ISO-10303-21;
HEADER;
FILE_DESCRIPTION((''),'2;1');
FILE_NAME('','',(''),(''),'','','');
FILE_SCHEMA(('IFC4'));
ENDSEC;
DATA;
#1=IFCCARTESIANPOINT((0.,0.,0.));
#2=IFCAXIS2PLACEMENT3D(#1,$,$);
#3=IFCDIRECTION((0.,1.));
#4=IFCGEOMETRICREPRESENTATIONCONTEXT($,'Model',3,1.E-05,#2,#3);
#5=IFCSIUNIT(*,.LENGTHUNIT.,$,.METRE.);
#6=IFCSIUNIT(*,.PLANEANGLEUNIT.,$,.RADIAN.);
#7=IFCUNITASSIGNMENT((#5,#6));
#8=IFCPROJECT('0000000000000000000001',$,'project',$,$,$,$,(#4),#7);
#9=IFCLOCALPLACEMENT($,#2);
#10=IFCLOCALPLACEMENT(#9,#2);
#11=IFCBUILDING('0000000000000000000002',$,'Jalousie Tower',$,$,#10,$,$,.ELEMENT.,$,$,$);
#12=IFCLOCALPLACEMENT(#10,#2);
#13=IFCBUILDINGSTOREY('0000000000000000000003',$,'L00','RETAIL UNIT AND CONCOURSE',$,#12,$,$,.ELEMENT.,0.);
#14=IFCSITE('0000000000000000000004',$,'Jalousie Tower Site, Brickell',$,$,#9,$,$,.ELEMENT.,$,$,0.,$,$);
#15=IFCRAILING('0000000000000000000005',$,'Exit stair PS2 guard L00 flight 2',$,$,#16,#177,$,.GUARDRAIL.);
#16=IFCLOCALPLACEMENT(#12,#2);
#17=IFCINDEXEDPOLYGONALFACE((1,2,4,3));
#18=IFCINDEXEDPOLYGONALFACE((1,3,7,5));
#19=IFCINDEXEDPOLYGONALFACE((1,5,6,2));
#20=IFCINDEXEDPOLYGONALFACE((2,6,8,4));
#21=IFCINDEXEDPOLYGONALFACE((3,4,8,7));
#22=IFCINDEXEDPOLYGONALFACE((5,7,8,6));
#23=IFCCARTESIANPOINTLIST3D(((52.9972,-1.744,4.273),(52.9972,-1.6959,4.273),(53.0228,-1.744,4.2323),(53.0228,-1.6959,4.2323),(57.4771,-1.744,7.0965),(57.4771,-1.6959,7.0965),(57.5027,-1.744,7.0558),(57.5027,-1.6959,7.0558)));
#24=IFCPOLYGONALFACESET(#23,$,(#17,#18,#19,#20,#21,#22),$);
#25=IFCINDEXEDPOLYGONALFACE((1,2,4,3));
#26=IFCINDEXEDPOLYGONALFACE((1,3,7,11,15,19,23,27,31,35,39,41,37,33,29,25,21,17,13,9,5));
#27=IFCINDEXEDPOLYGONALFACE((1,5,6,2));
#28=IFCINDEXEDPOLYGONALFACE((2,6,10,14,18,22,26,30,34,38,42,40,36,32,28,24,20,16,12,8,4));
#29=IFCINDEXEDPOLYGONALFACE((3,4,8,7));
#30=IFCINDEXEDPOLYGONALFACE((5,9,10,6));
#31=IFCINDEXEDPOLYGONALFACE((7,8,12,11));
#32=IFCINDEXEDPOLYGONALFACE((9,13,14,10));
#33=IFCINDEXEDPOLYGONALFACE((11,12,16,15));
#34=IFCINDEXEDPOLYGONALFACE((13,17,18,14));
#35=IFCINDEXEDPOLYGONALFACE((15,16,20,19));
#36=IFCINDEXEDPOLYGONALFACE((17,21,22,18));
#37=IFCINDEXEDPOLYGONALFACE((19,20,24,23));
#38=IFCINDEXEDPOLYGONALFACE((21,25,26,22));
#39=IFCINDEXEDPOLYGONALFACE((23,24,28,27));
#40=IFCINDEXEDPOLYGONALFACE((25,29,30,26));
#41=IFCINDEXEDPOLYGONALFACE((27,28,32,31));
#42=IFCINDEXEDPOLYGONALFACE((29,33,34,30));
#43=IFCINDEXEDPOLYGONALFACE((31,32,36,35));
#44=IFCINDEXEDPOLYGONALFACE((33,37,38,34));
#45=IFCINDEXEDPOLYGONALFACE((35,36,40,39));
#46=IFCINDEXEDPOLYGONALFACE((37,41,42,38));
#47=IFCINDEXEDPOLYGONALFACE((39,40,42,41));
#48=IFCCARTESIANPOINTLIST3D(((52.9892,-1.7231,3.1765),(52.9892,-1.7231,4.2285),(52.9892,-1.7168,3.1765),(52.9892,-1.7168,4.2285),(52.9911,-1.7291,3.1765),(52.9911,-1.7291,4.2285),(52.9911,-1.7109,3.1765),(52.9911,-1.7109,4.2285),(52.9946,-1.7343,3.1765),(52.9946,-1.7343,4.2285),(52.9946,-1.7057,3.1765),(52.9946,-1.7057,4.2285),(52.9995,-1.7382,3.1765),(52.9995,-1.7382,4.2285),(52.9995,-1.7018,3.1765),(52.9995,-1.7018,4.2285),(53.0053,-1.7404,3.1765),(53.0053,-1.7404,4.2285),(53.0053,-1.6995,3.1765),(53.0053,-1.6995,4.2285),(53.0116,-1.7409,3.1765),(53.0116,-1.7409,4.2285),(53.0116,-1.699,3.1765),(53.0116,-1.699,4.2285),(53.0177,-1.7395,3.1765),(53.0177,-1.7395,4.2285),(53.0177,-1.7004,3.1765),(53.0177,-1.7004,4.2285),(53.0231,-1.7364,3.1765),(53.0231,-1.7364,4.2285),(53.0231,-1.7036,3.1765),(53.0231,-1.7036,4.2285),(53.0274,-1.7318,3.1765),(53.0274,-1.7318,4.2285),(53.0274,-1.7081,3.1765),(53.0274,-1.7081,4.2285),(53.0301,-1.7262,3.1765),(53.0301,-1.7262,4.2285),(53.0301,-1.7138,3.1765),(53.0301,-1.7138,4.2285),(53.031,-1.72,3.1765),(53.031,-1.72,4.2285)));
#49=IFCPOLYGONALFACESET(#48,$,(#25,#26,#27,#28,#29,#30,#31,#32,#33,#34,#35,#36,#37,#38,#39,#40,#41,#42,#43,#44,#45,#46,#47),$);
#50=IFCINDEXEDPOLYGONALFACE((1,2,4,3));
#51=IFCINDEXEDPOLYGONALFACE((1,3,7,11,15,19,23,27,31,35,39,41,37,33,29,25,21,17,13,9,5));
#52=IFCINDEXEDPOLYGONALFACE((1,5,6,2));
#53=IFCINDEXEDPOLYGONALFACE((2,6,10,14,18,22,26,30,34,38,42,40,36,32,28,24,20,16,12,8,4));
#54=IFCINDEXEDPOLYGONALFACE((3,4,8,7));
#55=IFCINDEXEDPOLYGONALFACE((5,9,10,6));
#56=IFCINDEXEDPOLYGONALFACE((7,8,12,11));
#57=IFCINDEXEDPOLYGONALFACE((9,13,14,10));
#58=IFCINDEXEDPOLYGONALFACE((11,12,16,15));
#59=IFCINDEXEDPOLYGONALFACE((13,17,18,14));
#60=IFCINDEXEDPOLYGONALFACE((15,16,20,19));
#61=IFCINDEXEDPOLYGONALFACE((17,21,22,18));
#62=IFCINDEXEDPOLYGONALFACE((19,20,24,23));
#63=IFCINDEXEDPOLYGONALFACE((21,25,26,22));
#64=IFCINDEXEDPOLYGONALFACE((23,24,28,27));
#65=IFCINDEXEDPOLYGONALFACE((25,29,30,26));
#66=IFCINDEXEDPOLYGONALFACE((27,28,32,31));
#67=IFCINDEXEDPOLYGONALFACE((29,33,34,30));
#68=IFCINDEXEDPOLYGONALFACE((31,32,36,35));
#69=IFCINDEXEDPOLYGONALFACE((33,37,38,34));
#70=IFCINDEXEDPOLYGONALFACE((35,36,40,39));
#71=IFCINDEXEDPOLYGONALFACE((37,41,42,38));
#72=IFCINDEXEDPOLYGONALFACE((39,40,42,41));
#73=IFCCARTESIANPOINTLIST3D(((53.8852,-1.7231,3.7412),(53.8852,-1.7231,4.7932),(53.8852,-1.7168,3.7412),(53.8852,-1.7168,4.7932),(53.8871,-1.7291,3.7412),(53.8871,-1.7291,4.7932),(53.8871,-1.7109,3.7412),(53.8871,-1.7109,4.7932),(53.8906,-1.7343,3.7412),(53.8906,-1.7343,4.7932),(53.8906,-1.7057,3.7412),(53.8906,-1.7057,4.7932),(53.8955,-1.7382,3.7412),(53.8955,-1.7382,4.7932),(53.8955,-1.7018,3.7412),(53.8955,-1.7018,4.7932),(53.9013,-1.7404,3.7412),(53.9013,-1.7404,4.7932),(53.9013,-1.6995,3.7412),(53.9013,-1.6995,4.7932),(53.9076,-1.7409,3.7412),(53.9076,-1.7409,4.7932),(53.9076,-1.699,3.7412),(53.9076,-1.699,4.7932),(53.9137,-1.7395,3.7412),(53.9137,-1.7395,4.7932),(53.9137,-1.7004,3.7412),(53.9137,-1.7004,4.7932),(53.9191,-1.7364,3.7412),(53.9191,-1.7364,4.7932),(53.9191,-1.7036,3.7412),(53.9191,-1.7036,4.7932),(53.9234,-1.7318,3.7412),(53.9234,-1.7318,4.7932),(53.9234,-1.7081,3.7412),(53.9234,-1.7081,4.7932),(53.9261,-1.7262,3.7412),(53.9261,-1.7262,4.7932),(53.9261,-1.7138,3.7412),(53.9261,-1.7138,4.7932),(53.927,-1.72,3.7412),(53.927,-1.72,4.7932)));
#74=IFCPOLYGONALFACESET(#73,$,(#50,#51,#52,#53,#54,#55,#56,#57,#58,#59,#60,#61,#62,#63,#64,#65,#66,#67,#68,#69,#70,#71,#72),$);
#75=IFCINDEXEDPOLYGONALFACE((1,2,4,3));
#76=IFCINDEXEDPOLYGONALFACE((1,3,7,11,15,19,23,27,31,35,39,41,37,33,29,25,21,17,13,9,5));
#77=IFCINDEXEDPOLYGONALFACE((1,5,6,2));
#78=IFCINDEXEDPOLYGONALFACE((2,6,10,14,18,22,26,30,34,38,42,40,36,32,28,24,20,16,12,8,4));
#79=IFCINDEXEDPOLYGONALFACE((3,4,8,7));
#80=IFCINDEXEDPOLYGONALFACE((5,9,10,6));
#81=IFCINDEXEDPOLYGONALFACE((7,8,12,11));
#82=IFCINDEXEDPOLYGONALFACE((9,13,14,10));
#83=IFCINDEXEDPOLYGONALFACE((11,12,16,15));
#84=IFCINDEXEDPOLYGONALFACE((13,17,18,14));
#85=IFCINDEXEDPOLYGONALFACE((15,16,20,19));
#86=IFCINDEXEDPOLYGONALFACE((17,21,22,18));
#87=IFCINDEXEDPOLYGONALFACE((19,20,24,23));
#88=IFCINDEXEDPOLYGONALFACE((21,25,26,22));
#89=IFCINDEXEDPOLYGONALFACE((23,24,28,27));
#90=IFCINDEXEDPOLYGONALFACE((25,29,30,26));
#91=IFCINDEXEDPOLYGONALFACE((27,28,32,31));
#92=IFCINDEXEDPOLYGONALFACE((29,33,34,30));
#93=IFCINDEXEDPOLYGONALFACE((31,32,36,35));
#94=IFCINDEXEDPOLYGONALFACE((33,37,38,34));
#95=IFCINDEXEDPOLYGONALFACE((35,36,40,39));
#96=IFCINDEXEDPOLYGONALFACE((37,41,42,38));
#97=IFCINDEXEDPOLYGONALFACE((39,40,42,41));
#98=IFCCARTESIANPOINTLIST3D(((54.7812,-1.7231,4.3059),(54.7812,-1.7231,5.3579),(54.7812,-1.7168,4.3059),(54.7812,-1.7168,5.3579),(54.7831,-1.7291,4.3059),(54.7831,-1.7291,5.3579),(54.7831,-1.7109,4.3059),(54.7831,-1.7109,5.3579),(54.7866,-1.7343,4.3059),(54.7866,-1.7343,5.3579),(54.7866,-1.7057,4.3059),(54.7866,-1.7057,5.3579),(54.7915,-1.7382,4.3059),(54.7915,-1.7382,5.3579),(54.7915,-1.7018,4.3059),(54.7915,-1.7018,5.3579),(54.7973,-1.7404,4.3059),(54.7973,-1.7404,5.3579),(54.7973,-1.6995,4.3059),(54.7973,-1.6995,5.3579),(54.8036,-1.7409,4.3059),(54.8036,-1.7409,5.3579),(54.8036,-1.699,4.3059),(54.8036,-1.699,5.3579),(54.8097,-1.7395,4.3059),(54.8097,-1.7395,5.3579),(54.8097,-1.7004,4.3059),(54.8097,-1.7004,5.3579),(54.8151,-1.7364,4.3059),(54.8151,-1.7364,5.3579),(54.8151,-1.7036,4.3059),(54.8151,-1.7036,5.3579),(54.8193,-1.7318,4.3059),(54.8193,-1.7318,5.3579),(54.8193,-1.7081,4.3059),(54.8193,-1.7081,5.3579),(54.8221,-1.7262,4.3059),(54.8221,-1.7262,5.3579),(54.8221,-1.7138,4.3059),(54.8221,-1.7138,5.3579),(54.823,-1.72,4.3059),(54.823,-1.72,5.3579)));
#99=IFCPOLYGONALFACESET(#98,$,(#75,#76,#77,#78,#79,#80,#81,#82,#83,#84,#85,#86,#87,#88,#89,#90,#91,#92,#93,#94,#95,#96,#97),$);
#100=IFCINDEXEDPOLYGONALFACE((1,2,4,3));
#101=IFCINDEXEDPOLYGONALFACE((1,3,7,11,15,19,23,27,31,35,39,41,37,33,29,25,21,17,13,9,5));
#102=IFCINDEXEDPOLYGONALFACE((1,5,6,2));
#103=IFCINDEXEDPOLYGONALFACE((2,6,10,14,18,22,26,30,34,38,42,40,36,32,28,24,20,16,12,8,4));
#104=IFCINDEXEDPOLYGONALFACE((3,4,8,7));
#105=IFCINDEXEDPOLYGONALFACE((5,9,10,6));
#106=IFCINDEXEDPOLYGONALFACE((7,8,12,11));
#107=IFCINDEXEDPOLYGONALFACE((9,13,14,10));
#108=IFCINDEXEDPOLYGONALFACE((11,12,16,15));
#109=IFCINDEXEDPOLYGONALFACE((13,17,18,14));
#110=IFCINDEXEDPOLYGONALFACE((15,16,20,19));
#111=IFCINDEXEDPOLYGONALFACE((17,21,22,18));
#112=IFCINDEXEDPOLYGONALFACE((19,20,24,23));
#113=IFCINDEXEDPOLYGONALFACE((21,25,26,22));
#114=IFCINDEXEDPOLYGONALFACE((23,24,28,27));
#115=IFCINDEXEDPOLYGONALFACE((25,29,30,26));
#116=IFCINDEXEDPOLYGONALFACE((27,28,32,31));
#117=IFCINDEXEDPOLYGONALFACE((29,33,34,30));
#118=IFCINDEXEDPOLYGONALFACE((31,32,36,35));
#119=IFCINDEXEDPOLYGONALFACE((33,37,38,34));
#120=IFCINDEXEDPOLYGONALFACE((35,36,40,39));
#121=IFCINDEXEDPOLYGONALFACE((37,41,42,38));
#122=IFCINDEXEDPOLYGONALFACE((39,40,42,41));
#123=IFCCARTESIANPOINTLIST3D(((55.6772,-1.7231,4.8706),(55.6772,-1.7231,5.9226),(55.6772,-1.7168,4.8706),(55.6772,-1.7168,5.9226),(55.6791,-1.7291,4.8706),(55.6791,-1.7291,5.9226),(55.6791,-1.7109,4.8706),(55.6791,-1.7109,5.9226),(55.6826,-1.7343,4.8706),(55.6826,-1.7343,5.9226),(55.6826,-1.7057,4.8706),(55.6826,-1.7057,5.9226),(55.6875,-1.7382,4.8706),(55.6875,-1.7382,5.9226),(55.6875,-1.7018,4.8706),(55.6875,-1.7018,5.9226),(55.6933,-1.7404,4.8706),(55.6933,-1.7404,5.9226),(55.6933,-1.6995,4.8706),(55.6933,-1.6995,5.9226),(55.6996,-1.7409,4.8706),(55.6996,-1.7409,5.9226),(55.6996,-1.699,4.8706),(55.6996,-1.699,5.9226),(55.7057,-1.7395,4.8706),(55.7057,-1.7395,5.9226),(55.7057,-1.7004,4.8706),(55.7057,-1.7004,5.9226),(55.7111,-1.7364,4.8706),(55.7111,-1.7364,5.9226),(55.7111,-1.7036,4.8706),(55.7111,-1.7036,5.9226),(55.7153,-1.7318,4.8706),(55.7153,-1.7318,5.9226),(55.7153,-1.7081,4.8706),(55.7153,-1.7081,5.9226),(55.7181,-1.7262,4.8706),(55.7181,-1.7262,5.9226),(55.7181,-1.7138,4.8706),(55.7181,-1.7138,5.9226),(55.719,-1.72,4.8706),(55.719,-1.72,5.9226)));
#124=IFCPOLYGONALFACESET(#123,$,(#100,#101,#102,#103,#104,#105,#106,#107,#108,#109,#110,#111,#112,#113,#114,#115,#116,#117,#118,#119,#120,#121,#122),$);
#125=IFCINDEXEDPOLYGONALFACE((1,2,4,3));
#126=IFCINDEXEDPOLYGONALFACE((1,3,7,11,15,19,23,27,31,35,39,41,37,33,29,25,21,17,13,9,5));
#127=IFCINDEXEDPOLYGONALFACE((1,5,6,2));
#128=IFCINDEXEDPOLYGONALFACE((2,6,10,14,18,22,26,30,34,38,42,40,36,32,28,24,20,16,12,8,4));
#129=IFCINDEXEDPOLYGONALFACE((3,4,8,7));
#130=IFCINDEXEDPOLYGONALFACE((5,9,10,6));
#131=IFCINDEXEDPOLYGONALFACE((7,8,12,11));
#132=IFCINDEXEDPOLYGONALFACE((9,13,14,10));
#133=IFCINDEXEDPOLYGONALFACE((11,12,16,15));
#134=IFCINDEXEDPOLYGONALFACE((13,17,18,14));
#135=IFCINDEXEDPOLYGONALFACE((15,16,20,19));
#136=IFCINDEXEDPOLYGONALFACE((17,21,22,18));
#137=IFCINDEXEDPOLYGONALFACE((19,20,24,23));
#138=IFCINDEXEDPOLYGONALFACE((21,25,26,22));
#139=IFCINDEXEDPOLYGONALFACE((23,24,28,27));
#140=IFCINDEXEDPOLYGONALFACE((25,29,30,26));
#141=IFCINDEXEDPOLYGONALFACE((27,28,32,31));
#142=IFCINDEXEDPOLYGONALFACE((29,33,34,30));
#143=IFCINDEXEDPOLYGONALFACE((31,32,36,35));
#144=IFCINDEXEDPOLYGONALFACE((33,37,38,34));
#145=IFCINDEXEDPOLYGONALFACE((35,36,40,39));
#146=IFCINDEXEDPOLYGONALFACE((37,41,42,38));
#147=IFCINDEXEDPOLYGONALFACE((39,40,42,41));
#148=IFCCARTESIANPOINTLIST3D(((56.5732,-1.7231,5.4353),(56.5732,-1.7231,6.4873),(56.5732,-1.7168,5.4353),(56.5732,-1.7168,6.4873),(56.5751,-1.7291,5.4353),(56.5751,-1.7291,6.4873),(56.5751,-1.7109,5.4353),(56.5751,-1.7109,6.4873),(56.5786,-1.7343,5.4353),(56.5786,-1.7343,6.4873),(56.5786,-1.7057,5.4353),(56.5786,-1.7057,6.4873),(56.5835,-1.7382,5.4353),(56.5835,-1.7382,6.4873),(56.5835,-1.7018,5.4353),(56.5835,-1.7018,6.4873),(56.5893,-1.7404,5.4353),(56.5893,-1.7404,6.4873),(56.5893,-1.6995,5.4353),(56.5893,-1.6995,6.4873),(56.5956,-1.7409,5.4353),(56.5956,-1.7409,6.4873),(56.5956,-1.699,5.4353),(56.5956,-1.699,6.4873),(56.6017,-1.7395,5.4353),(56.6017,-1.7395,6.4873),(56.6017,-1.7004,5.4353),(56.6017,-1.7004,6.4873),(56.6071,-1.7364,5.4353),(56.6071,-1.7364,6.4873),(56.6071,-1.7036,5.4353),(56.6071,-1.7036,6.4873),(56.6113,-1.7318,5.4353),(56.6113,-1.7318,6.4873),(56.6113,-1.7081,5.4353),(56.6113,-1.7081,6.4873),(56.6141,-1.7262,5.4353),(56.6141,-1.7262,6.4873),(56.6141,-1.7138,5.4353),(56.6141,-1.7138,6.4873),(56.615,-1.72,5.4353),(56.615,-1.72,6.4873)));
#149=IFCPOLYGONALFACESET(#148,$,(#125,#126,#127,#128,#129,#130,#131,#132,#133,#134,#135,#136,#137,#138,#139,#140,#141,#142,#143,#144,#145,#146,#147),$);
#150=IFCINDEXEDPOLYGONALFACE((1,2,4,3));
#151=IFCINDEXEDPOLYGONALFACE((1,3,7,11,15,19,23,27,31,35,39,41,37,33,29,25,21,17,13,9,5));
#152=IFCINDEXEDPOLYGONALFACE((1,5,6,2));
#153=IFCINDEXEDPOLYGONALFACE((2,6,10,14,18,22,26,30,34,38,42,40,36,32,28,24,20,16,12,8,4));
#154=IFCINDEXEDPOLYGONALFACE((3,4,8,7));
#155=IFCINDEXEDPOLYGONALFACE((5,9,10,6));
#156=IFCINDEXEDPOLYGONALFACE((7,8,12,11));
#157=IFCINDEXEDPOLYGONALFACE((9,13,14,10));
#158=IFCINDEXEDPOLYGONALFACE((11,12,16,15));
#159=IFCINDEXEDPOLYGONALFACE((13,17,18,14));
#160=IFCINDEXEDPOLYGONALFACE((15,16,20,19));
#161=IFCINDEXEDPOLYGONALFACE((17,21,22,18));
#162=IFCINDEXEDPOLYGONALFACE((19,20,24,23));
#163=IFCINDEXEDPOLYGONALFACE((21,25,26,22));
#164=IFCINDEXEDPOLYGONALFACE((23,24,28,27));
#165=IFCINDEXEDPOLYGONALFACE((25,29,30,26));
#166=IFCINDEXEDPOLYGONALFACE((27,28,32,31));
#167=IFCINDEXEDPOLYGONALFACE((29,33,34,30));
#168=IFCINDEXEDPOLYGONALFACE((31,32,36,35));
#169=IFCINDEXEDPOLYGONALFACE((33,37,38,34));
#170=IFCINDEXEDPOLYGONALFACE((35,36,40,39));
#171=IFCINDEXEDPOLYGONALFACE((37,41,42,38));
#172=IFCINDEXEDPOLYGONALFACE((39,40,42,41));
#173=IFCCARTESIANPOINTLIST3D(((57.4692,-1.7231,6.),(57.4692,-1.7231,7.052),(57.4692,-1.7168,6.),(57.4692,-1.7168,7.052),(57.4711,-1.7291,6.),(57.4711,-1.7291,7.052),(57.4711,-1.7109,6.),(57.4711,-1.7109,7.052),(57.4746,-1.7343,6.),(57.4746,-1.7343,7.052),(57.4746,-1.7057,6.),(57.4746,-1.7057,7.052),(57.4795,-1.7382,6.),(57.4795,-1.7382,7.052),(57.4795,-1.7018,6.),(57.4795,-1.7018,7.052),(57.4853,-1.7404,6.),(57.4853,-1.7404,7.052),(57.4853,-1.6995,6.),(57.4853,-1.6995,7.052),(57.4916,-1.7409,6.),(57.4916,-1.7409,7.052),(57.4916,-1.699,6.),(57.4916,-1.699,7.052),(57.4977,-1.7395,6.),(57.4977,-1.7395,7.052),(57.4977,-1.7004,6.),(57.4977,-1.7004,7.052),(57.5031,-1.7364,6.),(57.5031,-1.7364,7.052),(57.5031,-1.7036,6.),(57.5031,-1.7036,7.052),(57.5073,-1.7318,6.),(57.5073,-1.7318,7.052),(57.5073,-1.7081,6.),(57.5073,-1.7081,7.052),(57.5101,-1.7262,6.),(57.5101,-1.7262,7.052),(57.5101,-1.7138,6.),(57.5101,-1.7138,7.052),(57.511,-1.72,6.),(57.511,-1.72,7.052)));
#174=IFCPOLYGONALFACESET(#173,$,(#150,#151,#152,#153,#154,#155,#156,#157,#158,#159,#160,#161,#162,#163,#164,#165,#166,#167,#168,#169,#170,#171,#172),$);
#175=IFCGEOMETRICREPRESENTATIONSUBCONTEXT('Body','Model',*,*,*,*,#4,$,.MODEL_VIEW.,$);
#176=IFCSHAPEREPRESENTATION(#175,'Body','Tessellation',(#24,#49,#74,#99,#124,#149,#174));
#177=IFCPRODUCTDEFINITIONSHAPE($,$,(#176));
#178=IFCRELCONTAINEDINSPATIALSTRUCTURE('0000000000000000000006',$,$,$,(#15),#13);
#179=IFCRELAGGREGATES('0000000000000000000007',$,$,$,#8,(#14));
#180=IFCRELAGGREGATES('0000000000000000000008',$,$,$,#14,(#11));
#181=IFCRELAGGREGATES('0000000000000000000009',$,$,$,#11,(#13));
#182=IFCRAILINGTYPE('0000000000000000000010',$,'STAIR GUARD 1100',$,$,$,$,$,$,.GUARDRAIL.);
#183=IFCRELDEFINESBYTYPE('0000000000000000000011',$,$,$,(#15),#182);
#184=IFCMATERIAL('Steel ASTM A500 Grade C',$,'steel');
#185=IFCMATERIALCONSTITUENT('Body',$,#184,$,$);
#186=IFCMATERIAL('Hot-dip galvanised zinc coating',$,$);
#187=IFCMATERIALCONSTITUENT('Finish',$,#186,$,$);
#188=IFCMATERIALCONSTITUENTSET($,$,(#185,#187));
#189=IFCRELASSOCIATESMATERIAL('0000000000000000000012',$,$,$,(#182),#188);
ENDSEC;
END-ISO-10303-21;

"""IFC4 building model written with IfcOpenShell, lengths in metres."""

from ifc_helpers import new_model, si_unit, direction, frame, origin, origin_2d, place, context, subcontext, project, spatial, rectangle, circle, extrude, material, constituent, constituent_set, type_object, element, save


model = new_model("IFC4")

# Units and contexts
model_context = context("Model", 3, precision=1e-05, world=origin(), true_north=direction((0.0, 1.0)))
body_context = subcontext(model_context, "Body", "Model", "MODEL_VIEW")
ifc_project = project(units=[si_unit("LENGTHUNIT", "METRE"), si_unit("PLANEANGLEUNIT", "RADIAN")], contexts=[model_context])

# Site, building, storey
site_placement = place(None, origin())
site = spatial("IfcSite", under=ifc_project, at=site_placement, Name="Jalousie Tower Site, Brickell", CompositionType="ELEMENT", RefElevation=0.0)
building_placement = place(site_placement, origin())
building = spatial("IfcBuilding", under=site, at=building_placement, Name="Jalousie Tower", CompositionType="ELEMENT")
storey_placement = place(building_placement, origin())
storey = spatial("IfcBuildingStorey", under=building, at=storey_placement, Name="L00", Description="RETAIL UNIT AND CONCOURSE", CompositionType="ELEMENT", Elevation=0.0)

# Railing
ifc_material_1 = material(Name="Steel ASTM A500 Grade C", Category="steel")
ifc_constituent_1 = constituent(ifc_material_1, Name="Body")
ifc_material_2 = material(Name="Hot-dip galvanised zinc coating")
ifc_constituent_2 = constituent(ifc_material_2, Name="Finish")
ifc_constituent_set_1 = constituent_set(constituents=[ifc_constituent_1, ifc_constituent_2])
railing_type_1 = type_object("IfcRailingType", Name="STAIR GUARD 1100", PredefinedType="GUARDRAIL", material=ifc_constituent_set_1)
railing_1_placement = place(storey_placement, frame((53.01, -1.72, 3.1765)))
element("IfcRailing", 1, at=railing_1_placement, inside=storey, type_object=railing_type_1, Name="Exit stair PS2 guard L00 flight 2", PredefinedType="GUARDRAIL", context=body_context, shape_type="SweptSolid", body=[
    extrude(rectangle(XDim=0.0481, YDim=0.0481, at=origin_2d()), frame((0.0, 0.0, 1.0762), z_axis=(0.845998, 0.0, 0.533186), x_axis=(0.0, 1.0, 0.0)), (0.0, 0.0, 1.0), 5.2954),
    extrude(circle(Radius=0.021, at=origin_2d()), origin(), (0.0, 0.0, 1.0), 1.052),
    extrude(circle(Radius=0.021, at=origin_2d()), frame((0.896, 0.0, 0.5647)), (0.0, 0.0, 1.0), 1.052),
    extrude(circle(Radius=0.021, at=origin_2d()), frame((1.792, 0.0, 1.1294)), (0.0, 0.0, 1.0), 1.052),
    extrude(circle(Radius=0.021, at=origin_2d()), frame((2.688, 0.0, 1.6941)), (0.0, 0.0, 1.0), 1.052),
    extrude(circle(Radius=0.021, at=origin_2d()), frame((3.584, 0.0, 2.2588)), (0.0, 0.0, 1.0), 1.052),
    extrude(circle(Radius=0.021, at=origin_2d()), frame((4.48, 0.0, 2.8235)), (0.0, 0.0, 1.0), 1.052),
])

save(model, "model.ifc")
